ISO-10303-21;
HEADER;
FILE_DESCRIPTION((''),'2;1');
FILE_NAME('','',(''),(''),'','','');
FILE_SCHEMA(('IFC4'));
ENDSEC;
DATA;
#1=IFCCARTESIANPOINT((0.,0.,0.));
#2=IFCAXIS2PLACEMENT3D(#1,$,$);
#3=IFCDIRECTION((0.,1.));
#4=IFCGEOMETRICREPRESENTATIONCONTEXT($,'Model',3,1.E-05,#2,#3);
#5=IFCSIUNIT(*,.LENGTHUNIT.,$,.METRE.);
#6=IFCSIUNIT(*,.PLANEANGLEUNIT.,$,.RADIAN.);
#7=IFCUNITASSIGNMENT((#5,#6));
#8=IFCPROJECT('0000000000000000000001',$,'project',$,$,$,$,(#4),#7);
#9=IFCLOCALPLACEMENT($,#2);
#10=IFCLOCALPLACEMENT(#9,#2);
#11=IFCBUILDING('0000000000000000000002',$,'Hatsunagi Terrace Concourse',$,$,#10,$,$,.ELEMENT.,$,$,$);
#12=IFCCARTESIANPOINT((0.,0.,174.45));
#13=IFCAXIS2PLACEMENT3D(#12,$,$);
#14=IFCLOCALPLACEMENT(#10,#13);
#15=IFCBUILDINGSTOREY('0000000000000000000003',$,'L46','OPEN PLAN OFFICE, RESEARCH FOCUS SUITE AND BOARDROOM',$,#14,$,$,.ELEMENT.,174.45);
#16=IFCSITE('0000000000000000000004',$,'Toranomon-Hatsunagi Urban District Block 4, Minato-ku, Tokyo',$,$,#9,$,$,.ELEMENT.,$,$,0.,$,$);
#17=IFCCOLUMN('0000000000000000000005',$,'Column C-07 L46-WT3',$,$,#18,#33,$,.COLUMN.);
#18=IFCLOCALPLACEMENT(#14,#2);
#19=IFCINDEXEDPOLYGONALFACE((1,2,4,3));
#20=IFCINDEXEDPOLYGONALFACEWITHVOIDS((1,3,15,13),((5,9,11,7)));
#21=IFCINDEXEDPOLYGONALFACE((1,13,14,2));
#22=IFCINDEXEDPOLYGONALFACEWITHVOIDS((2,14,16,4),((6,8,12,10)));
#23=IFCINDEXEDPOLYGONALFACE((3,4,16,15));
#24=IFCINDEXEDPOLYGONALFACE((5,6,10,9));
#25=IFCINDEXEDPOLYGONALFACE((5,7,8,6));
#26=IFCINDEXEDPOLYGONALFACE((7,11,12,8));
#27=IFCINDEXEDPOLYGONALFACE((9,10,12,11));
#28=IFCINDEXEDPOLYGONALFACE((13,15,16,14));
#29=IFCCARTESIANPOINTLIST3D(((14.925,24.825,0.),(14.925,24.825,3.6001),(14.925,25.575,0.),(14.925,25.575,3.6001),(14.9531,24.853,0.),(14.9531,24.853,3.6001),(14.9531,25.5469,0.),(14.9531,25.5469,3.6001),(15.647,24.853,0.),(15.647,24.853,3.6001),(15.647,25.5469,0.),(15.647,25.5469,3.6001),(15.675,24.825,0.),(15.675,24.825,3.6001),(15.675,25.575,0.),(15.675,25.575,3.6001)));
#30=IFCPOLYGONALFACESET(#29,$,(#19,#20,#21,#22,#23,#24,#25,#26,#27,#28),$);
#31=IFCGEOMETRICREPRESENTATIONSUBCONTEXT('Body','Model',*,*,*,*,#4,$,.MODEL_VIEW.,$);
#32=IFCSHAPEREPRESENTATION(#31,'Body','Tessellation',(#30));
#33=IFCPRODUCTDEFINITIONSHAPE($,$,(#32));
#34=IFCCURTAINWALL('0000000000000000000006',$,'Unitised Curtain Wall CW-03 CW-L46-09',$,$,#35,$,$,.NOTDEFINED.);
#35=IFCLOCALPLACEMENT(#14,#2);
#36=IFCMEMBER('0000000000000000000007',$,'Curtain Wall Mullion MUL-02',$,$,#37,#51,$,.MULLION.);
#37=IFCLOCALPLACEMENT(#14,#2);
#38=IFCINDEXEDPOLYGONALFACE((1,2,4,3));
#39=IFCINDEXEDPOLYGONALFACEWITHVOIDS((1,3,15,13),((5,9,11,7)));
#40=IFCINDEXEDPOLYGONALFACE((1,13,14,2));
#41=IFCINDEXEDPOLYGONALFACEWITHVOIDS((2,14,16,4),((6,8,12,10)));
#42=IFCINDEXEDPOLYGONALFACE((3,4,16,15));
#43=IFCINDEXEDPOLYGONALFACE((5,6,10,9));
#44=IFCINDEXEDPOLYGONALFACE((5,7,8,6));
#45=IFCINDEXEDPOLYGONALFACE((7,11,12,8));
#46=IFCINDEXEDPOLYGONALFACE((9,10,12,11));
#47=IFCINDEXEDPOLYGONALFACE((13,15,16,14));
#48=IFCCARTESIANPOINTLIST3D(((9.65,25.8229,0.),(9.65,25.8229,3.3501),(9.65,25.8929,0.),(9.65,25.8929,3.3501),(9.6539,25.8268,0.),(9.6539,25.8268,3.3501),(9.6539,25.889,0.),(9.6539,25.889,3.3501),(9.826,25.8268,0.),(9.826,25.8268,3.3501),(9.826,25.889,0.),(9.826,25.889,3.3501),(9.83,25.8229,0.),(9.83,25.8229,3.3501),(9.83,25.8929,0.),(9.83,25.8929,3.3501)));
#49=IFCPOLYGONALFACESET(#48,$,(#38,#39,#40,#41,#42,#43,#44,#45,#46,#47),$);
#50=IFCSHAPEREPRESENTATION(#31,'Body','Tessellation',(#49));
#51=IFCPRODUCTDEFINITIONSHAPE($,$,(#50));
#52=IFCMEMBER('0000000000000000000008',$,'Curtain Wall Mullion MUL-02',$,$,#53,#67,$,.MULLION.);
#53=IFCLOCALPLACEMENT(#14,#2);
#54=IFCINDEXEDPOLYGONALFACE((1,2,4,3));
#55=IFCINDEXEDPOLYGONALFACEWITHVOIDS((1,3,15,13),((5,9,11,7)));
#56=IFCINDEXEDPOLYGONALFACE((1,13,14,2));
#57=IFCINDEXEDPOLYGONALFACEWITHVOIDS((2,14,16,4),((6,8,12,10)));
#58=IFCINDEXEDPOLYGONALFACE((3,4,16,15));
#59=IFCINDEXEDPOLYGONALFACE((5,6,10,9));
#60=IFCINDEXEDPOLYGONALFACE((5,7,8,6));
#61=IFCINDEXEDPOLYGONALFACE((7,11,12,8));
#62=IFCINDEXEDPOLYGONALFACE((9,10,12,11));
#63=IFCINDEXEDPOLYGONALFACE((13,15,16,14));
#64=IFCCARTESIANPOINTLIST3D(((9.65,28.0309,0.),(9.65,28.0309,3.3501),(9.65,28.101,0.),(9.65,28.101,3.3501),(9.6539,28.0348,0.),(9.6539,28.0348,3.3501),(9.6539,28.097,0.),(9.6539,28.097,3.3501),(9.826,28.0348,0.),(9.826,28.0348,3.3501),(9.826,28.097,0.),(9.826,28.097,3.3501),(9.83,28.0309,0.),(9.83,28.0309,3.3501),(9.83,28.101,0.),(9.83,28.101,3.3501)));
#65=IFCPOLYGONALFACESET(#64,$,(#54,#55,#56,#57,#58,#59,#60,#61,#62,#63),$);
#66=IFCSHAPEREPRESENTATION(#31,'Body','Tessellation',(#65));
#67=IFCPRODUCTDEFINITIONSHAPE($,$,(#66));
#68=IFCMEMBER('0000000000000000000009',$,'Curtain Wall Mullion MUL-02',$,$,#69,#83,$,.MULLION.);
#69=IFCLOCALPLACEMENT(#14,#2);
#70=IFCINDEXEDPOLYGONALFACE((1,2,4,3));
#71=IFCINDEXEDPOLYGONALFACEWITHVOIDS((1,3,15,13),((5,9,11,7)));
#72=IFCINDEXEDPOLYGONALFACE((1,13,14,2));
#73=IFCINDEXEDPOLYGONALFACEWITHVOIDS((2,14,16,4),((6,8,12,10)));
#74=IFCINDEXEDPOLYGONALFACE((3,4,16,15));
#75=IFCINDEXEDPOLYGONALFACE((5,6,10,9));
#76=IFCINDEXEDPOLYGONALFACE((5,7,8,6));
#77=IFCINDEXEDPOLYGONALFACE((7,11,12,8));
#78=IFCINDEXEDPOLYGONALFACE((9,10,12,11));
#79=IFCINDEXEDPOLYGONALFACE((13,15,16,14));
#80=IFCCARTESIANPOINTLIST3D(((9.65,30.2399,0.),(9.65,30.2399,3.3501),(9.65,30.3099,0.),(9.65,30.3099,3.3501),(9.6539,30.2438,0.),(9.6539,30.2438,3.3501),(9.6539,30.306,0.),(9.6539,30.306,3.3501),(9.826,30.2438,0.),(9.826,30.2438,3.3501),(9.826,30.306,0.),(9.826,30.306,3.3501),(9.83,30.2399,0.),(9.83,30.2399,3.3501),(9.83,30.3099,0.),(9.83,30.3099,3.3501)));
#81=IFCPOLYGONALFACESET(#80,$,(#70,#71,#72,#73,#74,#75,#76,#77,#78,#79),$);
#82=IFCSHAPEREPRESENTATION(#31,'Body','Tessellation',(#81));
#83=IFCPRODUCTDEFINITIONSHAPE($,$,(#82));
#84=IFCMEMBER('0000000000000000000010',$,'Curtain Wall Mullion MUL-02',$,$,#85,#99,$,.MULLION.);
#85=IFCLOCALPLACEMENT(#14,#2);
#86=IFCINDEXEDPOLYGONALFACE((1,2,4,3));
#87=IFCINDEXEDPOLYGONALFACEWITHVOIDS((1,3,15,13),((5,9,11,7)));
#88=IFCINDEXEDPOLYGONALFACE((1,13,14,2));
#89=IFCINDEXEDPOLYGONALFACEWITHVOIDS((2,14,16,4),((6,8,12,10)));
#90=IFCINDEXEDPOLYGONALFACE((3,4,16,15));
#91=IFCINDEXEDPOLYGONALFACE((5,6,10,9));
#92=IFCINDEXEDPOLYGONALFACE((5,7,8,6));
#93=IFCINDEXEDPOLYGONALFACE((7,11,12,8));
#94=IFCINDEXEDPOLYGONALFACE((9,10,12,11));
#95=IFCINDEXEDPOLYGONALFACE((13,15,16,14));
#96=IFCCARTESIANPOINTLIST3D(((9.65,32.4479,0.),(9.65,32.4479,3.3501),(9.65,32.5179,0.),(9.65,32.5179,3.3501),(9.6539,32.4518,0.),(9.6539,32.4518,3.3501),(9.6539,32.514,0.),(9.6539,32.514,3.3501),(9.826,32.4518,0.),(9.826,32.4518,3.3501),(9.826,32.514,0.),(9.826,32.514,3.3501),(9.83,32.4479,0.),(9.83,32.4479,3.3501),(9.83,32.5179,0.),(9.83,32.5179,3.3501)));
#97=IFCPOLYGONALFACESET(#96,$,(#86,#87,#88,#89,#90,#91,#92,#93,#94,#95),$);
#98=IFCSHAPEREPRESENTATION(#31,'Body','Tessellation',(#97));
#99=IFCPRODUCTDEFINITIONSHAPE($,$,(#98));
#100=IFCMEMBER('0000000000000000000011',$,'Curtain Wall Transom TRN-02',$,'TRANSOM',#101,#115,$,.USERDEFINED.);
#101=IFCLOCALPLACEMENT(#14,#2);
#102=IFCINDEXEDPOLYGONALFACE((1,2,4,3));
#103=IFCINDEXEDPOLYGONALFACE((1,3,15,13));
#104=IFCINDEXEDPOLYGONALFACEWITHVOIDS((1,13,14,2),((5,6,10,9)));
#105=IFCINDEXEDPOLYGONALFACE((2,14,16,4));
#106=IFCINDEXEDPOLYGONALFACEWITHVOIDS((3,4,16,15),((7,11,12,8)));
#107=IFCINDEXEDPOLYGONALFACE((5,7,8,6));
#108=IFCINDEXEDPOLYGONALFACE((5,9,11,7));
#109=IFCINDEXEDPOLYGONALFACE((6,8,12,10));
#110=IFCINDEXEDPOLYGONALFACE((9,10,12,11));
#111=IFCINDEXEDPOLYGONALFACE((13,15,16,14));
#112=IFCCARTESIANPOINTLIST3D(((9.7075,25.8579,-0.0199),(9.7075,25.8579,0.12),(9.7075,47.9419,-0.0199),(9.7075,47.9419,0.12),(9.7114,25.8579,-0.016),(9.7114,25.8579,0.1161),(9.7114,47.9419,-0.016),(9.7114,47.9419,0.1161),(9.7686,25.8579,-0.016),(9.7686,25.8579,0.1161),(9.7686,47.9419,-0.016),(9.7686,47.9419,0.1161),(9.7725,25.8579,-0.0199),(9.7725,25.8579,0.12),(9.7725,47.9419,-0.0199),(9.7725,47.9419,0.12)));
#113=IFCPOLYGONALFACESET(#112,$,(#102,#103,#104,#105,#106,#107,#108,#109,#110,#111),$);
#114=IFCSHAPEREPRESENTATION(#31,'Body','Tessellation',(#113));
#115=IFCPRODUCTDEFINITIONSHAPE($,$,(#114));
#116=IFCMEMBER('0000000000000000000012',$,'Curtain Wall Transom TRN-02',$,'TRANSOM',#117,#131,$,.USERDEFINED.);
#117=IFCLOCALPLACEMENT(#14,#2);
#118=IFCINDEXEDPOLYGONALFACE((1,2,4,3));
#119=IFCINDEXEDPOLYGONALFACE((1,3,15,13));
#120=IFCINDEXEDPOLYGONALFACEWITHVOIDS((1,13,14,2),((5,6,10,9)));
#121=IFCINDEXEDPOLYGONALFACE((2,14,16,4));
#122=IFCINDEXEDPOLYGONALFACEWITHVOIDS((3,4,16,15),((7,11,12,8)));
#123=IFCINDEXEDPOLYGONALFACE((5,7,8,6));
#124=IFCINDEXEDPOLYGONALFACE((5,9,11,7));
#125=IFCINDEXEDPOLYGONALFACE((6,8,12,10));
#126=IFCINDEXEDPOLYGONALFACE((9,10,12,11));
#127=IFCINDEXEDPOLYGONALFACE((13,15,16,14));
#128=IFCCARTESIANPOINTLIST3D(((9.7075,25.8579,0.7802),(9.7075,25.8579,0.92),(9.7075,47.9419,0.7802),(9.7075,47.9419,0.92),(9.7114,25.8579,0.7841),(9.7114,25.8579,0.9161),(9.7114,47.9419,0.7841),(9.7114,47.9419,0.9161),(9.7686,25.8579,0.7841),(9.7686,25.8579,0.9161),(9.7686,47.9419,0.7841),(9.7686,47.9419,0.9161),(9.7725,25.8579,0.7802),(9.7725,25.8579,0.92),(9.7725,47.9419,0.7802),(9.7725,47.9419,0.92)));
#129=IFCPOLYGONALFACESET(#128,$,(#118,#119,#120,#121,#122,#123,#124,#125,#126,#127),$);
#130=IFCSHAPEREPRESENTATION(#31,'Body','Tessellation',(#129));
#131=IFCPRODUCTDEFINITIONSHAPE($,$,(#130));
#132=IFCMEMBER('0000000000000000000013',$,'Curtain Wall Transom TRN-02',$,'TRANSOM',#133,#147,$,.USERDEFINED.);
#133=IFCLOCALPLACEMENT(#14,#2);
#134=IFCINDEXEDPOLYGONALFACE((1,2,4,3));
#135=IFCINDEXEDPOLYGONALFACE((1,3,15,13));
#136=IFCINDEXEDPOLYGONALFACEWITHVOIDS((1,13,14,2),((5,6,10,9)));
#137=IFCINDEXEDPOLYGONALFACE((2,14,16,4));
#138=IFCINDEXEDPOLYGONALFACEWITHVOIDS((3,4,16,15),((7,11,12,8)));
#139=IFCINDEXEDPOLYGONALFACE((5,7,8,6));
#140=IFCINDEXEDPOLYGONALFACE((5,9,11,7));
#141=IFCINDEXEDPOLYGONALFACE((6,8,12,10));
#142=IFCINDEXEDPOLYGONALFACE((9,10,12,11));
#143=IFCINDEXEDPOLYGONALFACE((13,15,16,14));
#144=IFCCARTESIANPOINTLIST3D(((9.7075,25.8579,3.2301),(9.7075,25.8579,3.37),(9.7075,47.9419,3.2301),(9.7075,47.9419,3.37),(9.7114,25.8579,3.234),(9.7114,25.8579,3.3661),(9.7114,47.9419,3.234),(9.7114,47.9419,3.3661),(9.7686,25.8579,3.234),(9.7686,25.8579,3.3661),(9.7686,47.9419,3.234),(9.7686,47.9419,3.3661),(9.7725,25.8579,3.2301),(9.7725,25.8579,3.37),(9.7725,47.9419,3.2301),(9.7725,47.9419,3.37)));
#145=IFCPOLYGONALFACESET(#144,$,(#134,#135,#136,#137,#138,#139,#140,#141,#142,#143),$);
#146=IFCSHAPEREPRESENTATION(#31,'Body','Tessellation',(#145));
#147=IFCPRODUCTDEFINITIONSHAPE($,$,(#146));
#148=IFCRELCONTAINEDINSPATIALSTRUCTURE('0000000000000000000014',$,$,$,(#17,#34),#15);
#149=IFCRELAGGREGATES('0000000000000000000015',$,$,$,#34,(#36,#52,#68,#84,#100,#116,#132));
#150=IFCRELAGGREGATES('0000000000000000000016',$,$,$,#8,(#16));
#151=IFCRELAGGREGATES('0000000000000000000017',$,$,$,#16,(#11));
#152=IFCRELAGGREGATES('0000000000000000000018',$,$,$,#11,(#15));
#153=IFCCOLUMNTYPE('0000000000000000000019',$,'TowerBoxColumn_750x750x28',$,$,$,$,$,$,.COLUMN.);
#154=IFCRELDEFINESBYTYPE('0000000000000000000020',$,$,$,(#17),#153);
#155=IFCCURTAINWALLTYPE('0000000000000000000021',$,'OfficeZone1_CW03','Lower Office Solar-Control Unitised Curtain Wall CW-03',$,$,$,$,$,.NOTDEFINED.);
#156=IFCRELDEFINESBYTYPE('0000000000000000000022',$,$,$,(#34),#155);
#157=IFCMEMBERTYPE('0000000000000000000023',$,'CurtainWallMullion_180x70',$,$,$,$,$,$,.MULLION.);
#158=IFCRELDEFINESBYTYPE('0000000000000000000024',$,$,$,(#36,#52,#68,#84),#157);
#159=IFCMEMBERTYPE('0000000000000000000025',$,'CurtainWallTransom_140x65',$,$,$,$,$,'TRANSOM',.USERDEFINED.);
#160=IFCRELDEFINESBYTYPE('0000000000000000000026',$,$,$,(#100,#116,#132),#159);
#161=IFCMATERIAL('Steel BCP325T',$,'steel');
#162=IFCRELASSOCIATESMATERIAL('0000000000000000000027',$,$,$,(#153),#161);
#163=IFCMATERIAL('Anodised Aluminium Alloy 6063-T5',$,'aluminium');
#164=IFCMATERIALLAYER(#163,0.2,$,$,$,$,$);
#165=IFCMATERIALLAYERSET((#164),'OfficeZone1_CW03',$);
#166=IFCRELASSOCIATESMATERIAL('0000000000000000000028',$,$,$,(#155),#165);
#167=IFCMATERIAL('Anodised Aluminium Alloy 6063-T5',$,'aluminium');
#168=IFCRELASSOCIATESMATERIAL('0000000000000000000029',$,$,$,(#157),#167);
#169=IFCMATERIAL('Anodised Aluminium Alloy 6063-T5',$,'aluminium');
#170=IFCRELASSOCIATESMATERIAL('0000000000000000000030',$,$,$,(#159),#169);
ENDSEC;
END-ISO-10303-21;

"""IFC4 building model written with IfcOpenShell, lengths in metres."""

from ifc_helpers import new_model, si_unit, direction, frame, origin, origin_2d, place, context, subcontext, project, spatial, hollow_rectangle, extrude, material, layer, layer_set, material_profile, profile_set, type_object, element, aggregate, save


model = new_model("IFC4")

# Units and contexts
model_context = context("Model", 3, precision=1e-05, world=origin(), true_north=direction((0.0, 1.0)))
body_context = subcontext(model_context, "Body", "Model", "MODEL_VIEW")
ifc_project = project(units=[si_unit("LENGTHUNIT", "METRE"), si_unit("PLANEANGLEUNIT", "RADIAN")], contexts=[model_context])

# Site, building, storey
site_placement = place(None, origin())
site = spatial("IfcSite", under=ifc_project, at=site_placement, Name="Toranomon-Hatsunagi Urban District Block 4, Minato-ku, Tokyo", CompositionType="ELEMENT", RefElevation=0.0)
building_placement = place(site_placement, origin())
building = spatial("IfcBuilding", under=site, at=building_placement, Name="Hatsunagi Terrace Concourse", CompositionType="ELEMENT")
storey_placement = place(building_placement, frame((0.0, 0.0, 174.45)))
storey = spatial("IfcBuildingStorey", under=building, at=storey_placement, Name="L46", Description="OPEN PLAN OFFICE, RESEARCH FOCUS SUITE AND BOARDROOM", CompositionType="ELEMENT", Elevation=174.45)

# Column
ifc_material_1 = material(Name="Steel BCP325T", Category="steel")
ifc_material_profile_1 = material_profile(ifc_material_1, hollow_rectangle(XDim=0.75, YDim=0.75, WallThickness=0.0281, at=origin_2d()), Name="BCP-750x750x28")
ifc_profile_set_1 = profile_set([ifc_material_profile_1], Name="Steel BCP325T")
column_type = type_object("IfcColumnType", Name="TowerBoxColumn_750x750x28", PredefinedType="COLUMN", material=ifc_profile_set_1)
column_placement = place(storey_placement, frame((15.3, 25.2, 0.0), z_axis=(0.0, 0.0, 1.0), x_axis=(1.0, 0.0, 0.0)))
element("IfcColumn", 1, at=column_placement, inside=storey, type_object=column_type, Name="Column C-07 L46-WT3", PredefinedType="COLUMN", context=body_context, shape_type="SweptSolid", body=[
    extrude(hollow_rectangle(XDim=0.75, YDim=0.75, WallThickness=0.0281, at=origin_2d()), origin(), (0.0, 0.0, 1.0), 3.6001),
])

# Curtain wall, members
ifc_material_2 = material(Name="Anodised Aluminium Alloy 6063-T5", Category="aluminium")
ifc_layer_1 = layer(ifc_material_2, 0.2)
ifc_layer_set_1 = layer_set([ifc_layer_1], Name="OfficeZone1_CW03")
curtain_wall_type = type_object("IfcCurtainWallType", Name="OfficeZone1_CW03", Description="Lower Office Solar-Control Unitised Curtain Wall CW-03", PredefinedType="NOTDEFINED", material=ifc_layer_set_1)
curtain_wall_placement = place(storey_placement, origin())
curtain_wall = element("IfcCurtainWall", 2, at=curtain_wall_placement, inside=storey, type_object=curtain_wall_type, Name="Unitised Curtain Wall CW-03 CW-L46-09", PredefinedType="NOTDEFINED")
ifc_material_3 = material(Name="Anodised Aluminium Alloy 6063-T5", Category="aluminium")
ifc_material_profile_2 = material_profile(ifc_material_3, hollow_rectangle(XDim=0.0701, YDim=0.1799, WallThickness=0.0039, at=origin_2d()), Name="ALU-MUL-180x70x4")
ifc_profile_set_2 = profile_set([ifc_material_profile_2], Name="Anodised Aluminium Alloy 6063-T5")
member_type_1 = type_object("IfcMemberType", Name="CurtainWallMullion_180x70", PredefinedType="MULLION", material=ifc_profile_set_2)
member_1_placement = place(storey_placement, frame((9.74, 25.8579, 0.0), z_axis=(0.0, 0.0, 1.0), x_axis=(0.0, 1.0, 0.0)))
member_1 = element("IfcMember", 3, at=member_1_placement, type_object=member_type_1, Name="Curtain Wall Mullion MUL-02", PredefinedType="MULLION", context=body_context, shape_type="SweptSolid", body=[
    extrude(hollow_rectangle(XDim=0.0701, YDim=0.1799, WallThickness=0.0039, at=origin_2d()), origin(), (0.0, 0.0, 1.0), 3.3501),
])
member_2_placement = place(storey_placement, frame((9.74, 28.0659, 0.0), z_axis=(0.0, 0.0, 1.0), x_axis=(0.0, 1.0, 0.0)))
member_2 = element("IfcMember", 4, at=member_2_placement, type_object=member_type_1, Name="Curtain Wall Mullion MUL-02", PredefinedType="MULLION", context=body_context, shape_type="SweptSolid", body=[
    extrude(hollow_rectangle(XDim=0.0701, YDim=0.1799, WallThickness=0.0039, at=origin_2d()), origin(), (0.0, 0.0, 1.0), 3.3501),
])
member_3_placement = place(storey_placement, frame((9.74, 30.2749, 0.0), z_axis=(0.0, 0.0, 1.0), x_axis=(0.0, 1.0, 0.0)))
member_3 = element("IfcMember", 5, at=member_3_placement, type_object=member_type_1, Name="Curtain Wall Mullion MUL-02", PredefinedType="MULLION", context=body_context, shape_type="SweptSolid", body=[
    extrude(hollow_rectangle(XDim=0.0701, YDim=0.1799, WallThickness=0.0039, at=origin_2d()), origin(), (0.0, 0.0, 1.0), 3.3501),
])
member_4_placement = place(storey_placement, frame((9.74, 32.4829, 0.0), z_axis=(0.0, 0.0, 1.0), x_axis=(0.0, 1.0, 0.0)))
member_4 = element("IfcMember", 6, at=member_4_placement, type_object=member_type_1, Name="Curtain Wall Mullion MUL-02", PredefinedType="MULLION", context=body_context, shape_type="SweptSolid", body=[
    extrude(hollow_rectangle(XDim=0.0701, YDim=0.1799, WallThickness=0.0039, at=origin_2d()), origin(), (0.0, 0.0, 1.0), 3.3501),
])
ifc_material_4 = material(Name="Anodised Aluminium Alloy 6063-T5", Category="aluminium")
ifc_material_profile_3 = material_profile(ifc_material_4, hollow_rectangle(XDim=0.0649, YDim=0.1399, WallThickness=0.0039, at=origin_2d()), Name="ALU-TRN-140x65x4")
ifc_profile_set_3 = profile_set([ifc_material_profile_3], Name="Anodised Aluminium Alloy 6063-T5")
member_type_2 = type_object("IfcMemberType", Name="CurtainWallTransom_140x65", ElementType="TRANSOM", PredefinedType="USERDEFINED", material=ifc_profile_set_3)
member_5_placement = place(storey_placement, frame((9.74, 25.8579, 0.05), z_axis=(0.0, 1.0, 0.0), x_axis=(-1.0, 0.0, 0.0)))
member_5 = element("IfcMember", 7, at=member_5_placement, type_object=member_type_2, Name="Curtain Wall Transom TRN-02", ObjectType="TRANSOM", PredefinedType="USERDEFINED", context=body_context, shape_type="SweptSolid", body=[
    extrude(hollow_rectangle(XDim=0.0649, YDim=0.1399, WallThickness=0.0039, at=origin_2d()), origin(), (0.0, 0.0, 1.0), 22.084),
])
member_6_placement = place(storey_placement, frame((9.74, 25.8579, 0.8501), z_axis=(0.0, 1.0, 0.0), x_axis=(-1.0, 0.0, 0.0)))
member_6 = element("IfcMember", 8, at=member_6_placement, type_object=member_type_2, Name="Curtain Wall Transom TRN-02", ObjectType="TRANSOM", PredefinedType="USERDEFINED", context=body_context, shape_type="SweptSolid", body=[
    extrude(hollow_rectangle(XDim=0.0649, YDim=0.1399, WallThickness=0.0039, at=origin_2d()), origin(), (0.0, 0.0, 1.0), 22.084),
])
member_7_placement = place(storey_placement, frame((9.74, 25.8579, 3.3), z_axis=(0.0, 1.0, 0.0), x_axis=(-1.0, 0.0, 0.0)))
member_7 = element("IfcMember", 9, at=member_7_placement, type_object=member_type_2, Name="Curtain Wall Transom TRN-02", ObjectType="TRANSOM", PredefinedType="USERDEFINED", context=body_context, shape_type="SweptSolid", body=[
    extrude(hollow_rectangle(XDim=0.0649, YDim=0.1399, WallThickness=0.0039, at=origin_2d()), origin(), (0.0, 0.0, 1.0), 22.084),
])

aggregate(curtain_wall, [member_1, member_2, member_3, member_4, member_5, member_6, member_7])

save(model, "model.ifc")
